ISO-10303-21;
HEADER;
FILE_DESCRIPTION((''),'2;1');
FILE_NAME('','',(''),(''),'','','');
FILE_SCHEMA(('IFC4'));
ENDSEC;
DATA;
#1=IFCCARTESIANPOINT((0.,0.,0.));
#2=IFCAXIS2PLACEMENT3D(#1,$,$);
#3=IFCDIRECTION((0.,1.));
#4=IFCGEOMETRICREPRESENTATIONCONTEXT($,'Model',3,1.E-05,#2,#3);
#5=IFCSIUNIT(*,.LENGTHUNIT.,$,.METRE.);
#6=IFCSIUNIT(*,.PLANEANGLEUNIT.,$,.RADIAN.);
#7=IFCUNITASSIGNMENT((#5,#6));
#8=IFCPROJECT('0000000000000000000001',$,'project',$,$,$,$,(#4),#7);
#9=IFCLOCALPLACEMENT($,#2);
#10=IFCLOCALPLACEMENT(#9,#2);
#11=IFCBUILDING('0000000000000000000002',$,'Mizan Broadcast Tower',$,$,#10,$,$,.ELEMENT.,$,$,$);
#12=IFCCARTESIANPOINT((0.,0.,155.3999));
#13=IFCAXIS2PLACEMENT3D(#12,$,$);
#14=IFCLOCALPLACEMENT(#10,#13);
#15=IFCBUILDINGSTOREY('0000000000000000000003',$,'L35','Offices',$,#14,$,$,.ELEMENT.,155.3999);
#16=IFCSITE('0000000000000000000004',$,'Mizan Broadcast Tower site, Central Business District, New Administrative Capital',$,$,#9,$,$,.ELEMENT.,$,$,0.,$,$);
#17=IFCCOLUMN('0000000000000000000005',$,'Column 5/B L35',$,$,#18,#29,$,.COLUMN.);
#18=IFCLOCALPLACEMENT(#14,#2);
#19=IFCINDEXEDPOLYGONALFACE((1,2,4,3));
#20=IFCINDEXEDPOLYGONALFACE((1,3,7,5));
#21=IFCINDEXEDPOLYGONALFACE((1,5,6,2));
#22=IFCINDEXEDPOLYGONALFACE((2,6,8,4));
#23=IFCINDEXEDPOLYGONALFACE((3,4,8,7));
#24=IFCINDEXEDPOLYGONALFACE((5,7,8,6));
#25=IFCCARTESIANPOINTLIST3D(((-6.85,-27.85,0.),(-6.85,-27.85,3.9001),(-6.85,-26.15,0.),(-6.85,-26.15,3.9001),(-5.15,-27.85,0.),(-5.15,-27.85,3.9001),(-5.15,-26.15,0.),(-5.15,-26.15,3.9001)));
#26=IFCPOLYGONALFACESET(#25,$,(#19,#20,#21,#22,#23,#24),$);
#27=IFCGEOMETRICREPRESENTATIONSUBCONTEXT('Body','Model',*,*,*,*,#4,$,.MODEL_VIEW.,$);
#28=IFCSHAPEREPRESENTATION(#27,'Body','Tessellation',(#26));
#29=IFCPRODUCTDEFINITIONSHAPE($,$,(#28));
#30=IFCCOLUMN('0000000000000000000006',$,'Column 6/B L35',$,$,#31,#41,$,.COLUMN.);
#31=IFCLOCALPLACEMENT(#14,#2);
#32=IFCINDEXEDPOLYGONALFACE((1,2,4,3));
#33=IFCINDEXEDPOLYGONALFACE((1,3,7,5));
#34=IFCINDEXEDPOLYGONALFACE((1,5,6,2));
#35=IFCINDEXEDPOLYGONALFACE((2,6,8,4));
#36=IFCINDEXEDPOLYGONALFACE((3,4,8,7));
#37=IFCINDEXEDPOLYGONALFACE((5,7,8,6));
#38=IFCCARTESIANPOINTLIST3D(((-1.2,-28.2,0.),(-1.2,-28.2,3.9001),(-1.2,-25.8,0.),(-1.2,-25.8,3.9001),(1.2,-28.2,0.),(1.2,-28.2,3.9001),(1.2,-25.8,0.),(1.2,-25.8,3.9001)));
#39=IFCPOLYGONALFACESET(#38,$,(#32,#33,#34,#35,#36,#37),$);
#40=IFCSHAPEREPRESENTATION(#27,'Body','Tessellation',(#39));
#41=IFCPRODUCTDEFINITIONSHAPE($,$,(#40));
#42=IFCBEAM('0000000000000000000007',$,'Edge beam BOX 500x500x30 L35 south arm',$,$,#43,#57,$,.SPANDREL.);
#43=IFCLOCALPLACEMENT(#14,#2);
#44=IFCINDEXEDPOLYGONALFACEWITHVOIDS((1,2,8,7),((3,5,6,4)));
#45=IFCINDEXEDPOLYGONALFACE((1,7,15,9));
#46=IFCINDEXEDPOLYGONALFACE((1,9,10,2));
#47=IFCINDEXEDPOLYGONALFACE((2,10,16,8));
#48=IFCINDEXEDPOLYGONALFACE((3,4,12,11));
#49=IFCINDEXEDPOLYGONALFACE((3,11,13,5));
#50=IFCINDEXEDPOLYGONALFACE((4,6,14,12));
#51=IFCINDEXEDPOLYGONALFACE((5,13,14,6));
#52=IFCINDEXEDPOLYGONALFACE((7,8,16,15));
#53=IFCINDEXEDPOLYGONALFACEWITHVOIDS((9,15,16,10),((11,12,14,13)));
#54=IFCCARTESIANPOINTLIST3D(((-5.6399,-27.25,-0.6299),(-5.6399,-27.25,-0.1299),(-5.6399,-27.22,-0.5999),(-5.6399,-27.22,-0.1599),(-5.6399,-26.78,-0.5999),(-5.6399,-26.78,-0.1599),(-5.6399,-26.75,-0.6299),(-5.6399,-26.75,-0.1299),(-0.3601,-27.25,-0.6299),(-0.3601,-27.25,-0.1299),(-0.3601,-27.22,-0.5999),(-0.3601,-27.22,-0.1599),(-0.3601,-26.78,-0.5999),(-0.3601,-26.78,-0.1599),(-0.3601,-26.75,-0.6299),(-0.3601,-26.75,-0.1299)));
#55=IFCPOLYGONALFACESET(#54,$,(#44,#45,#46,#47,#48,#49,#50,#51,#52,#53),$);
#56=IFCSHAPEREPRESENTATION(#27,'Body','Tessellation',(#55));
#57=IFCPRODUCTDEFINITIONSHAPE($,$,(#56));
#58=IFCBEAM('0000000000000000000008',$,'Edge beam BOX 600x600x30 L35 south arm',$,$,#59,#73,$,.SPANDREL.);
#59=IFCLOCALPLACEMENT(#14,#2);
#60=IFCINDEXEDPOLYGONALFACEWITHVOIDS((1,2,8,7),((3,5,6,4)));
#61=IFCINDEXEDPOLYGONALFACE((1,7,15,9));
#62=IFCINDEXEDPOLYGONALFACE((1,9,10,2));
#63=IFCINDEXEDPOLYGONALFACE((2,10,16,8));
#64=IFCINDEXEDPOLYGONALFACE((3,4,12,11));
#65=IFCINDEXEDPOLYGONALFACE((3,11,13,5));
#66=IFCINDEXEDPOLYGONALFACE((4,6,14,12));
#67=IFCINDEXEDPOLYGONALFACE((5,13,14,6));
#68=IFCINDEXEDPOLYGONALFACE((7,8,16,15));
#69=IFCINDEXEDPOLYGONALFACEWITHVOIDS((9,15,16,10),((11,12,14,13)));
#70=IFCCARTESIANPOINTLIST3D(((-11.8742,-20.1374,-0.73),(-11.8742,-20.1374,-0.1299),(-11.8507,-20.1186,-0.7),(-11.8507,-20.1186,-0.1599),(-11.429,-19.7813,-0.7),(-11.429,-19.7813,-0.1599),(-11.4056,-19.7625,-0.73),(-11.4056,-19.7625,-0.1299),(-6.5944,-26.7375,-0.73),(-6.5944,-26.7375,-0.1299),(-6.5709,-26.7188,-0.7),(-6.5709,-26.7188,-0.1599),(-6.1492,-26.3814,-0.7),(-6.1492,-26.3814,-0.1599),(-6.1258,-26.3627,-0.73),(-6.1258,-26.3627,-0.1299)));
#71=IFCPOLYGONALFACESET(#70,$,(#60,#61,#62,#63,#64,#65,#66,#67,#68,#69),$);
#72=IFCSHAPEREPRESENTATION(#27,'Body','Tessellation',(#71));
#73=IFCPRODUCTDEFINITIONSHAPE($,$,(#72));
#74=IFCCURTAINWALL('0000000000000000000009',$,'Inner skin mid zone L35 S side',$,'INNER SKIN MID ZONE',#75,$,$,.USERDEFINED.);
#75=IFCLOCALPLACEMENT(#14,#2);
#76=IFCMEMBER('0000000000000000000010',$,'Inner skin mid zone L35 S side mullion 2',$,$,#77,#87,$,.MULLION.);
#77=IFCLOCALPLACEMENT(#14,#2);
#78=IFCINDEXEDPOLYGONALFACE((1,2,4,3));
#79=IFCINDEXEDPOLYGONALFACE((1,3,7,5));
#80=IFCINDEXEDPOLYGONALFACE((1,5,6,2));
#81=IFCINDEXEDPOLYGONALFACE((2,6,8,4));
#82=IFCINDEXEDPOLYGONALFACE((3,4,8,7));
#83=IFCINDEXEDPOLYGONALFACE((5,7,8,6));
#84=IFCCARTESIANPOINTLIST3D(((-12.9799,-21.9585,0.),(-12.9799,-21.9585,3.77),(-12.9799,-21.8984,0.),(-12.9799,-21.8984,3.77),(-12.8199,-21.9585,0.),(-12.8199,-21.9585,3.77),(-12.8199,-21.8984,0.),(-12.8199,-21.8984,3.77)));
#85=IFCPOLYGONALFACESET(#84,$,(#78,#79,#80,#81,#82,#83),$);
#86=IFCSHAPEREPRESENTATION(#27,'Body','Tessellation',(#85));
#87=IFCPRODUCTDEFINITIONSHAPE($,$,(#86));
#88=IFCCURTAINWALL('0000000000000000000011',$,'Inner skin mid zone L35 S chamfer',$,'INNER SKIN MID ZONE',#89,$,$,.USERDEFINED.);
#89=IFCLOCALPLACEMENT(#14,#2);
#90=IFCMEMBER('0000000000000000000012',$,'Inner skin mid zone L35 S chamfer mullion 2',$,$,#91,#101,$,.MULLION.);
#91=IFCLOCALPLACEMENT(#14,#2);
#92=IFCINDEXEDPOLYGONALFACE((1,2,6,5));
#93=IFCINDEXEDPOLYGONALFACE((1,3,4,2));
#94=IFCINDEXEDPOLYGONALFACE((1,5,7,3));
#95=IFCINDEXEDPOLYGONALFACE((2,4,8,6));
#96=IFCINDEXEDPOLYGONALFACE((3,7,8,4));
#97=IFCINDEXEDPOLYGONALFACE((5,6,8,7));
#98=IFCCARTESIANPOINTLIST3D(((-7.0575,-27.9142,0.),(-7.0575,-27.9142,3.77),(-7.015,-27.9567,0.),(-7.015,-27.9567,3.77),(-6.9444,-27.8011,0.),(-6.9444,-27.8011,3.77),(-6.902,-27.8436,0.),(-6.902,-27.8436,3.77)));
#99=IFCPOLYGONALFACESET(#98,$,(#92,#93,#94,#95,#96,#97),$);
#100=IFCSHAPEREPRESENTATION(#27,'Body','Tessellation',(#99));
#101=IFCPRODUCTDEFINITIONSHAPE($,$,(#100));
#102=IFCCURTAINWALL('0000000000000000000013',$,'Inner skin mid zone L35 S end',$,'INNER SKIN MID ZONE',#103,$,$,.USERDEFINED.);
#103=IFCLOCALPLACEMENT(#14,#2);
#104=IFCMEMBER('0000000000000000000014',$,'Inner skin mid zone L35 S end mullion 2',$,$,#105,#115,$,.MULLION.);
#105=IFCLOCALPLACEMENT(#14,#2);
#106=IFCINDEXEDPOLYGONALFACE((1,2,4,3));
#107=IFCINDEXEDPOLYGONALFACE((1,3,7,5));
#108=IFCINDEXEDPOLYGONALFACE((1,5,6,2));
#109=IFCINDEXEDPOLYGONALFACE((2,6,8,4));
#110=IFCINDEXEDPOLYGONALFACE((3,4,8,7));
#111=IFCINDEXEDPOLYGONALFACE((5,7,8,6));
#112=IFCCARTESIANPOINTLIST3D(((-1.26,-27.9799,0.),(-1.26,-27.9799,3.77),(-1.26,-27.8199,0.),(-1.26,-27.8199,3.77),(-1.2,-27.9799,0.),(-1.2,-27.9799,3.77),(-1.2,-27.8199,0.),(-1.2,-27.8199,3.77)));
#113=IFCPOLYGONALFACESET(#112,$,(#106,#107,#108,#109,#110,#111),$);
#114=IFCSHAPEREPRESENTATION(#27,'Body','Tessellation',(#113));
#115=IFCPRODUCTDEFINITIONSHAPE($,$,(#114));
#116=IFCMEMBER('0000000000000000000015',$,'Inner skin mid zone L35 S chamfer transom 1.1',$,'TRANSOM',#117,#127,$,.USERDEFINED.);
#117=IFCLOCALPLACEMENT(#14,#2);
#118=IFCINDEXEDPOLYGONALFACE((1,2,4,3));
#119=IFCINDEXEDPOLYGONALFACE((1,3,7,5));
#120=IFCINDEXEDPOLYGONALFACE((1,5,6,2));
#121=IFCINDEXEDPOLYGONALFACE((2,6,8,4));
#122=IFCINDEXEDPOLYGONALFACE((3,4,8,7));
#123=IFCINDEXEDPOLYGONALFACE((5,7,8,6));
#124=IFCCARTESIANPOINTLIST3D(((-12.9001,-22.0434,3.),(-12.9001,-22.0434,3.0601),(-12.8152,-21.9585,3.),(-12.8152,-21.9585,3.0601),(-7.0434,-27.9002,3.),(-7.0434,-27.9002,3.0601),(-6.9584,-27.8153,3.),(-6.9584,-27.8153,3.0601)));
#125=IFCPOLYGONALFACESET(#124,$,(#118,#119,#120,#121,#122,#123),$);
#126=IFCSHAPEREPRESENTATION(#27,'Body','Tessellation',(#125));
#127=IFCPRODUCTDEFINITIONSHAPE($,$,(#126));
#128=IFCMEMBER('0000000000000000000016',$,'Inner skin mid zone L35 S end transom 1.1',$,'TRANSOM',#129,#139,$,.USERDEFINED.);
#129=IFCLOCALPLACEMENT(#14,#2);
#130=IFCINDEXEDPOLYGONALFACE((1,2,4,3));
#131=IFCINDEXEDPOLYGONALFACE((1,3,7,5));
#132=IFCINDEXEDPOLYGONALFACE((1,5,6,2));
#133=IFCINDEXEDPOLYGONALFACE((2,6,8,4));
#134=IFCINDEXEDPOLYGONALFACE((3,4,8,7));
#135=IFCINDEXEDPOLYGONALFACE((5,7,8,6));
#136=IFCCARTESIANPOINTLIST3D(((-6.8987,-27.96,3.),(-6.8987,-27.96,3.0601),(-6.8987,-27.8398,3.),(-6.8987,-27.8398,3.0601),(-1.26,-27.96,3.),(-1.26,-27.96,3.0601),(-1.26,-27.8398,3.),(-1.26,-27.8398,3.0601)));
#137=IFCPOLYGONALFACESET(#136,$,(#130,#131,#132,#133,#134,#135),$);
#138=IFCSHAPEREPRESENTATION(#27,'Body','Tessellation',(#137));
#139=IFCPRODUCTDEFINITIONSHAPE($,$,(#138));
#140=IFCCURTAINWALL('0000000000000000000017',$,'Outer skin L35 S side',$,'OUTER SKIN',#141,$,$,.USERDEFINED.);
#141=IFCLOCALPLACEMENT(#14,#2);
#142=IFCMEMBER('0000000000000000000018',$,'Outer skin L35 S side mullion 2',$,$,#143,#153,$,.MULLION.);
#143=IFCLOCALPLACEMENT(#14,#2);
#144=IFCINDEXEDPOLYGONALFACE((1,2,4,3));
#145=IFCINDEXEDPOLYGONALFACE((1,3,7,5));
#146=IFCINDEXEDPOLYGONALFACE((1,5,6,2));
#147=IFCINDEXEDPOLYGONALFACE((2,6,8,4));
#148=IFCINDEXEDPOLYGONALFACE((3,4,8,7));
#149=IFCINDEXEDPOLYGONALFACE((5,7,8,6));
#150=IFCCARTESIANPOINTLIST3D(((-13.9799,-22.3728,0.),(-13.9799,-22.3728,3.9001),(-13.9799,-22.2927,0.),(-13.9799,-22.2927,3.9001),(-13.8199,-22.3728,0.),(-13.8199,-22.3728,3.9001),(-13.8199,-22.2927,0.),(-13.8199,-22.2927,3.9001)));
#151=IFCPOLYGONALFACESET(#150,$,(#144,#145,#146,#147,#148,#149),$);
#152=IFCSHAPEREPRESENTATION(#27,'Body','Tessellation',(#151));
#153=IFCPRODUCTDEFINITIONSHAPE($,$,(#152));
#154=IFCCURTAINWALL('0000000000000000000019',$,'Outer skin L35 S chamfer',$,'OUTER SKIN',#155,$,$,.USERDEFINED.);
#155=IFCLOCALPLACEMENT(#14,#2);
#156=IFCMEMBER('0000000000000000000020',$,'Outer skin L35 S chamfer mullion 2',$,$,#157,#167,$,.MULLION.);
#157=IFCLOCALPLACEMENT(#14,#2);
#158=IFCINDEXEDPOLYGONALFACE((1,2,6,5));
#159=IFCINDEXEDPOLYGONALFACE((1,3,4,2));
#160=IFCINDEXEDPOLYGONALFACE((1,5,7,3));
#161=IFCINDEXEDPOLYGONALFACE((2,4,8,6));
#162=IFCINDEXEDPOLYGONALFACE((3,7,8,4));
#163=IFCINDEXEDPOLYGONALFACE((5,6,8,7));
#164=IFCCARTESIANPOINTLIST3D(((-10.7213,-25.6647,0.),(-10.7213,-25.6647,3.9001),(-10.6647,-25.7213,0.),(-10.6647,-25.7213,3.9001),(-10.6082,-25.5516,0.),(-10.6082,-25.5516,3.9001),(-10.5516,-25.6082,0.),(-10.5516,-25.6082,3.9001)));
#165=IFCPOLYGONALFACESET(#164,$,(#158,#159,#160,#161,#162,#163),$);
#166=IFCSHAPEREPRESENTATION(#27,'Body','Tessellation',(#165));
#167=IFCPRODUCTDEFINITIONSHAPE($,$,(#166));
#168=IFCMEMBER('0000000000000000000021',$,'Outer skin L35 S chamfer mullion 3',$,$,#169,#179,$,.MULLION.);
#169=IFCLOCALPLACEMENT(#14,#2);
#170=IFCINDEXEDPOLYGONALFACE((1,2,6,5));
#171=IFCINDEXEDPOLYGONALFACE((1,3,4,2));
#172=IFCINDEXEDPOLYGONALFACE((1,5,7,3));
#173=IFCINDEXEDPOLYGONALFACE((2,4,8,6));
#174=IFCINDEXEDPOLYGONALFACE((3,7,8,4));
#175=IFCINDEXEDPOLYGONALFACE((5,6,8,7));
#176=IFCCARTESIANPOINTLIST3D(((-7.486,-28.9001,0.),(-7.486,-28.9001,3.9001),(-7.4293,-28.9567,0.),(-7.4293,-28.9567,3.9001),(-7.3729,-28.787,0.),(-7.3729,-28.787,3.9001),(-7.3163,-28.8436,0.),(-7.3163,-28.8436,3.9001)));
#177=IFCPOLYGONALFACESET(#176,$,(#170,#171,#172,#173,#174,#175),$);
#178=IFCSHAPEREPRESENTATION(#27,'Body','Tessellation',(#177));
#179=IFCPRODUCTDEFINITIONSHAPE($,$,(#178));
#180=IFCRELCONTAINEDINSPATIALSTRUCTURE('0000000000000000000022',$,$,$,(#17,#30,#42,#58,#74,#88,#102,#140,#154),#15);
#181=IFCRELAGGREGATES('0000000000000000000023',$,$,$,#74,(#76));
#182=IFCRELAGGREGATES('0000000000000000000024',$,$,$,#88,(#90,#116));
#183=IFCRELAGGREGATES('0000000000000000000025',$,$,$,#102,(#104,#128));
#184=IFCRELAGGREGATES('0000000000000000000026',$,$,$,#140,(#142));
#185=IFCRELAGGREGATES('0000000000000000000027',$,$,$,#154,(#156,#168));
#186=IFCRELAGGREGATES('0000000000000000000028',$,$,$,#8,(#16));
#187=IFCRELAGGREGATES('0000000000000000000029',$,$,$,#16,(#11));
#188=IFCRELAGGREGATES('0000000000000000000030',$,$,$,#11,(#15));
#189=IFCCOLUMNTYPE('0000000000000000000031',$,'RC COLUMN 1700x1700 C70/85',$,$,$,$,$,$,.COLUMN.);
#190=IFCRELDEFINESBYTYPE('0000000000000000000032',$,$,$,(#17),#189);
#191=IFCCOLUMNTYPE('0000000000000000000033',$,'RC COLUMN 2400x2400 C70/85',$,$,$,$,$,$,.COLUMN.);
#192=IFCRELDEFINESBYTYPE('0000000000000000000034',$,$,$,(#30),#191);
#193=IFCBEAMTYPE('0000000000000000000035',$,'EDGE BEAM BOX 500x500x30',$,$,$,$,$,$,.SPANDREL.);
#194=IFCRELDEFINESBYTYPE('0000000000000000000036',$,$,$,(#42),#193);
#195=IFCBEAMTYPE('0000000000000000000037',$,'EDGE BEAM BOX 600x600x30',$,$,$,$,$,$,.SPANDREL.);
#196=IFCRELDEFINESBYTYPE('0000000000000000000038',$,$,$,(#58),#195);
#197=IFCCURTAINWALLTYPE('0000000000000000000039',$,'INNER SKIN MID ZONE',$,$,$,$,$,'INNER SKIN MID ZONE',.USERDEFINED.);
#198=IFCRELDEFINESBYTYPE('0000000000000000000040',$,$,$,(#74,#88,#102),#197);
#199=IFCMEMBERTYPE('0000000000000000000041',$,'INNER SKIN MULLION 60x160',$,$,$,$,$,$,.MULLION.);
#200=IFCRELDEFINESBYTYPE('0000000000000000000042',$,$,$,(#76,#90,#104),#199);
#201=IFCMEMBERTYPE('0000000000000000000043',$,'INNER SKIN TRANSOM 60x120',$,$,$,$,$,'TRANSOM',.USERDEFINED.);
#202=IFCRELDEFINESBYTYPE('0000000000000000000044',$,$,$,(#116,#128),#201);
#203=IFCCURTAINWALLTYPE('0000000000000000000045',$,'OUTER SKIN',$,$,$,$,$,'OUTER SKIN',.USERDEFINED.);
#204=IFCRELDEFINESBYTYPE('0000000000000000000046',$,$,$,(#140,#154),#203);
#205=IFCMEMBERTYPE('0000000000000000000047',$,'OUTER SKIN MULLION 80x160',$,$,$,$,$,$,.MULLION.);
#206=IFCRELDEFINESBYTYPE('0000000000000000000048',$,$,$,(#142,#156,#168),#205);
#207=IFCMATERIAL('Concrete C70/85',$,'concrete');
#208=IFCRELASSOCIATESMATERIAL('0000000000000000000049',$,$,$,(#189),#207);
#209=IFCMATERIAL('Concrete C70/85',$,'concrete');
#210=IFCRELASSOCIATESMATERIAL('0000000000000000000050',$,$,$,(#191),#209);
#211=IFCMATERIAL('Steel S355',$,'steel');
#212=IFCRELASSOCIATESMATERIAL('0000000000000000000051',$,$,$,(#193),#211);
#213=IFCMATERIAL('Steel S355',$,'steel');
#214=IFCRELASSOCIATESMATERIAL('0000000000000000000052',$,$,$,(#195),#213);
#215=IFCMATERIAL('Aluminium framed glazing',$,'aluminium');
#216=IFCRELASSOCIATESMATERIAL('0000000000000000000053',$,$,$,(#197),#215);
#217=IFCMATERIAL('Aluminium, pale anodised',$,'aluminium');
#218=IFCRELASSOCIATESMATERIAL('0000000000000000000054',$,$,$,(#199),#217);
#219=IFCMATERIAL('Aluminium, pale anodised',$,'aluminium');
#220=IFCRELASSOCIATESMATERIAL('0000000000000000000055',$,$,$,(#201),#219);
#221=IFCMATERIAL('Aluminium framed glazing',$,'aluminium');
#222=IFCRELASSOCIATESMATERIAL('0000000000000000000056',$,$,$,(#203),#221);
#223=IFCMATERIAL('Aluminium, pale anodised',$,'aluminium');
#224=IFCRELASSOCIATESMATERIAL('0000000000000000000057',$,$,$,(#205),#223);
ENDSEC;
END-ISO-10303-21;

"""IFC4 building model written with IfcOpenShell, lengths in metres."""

from ifc_helpers import new_model, si_unit, direction, frame, origin, origin_2d, place, context, subcontext, project, spatial, rectangle, hollow_rectangle, extrude, material, material_profile, profile_set, type_object, element, aggregate, save


model = new_model("IFC4")

# Units and contexts
model_context = context("Model", 3, precision=1e-05, world=origin(), true_north=direction((0.0, 1.0)))
body_context = subcontext(model_context, "Body", "Model", "MODEL_VIEW")
ifc_project = project(units=[si_unit("LENGTHUNIT", "METRE"), si_unit("PLANEANGLEUNIT", "RADIAN")], contexts=[model_context])

# Site, building, storey
site_placement = place(None, origin())
site = spatial("IfcSite", under=ifc_project, at=site_placement, Name="Mizan Broadcast Tower site, Central Business District, New Administrative Capital", CompositionType="ELEMENT", RefElevation=0.0)
building_placement = place(site_placement, origin())
building = spatial("IfcBuilding", under=site, at=building_placement, Name="Mizan Broadcast Tower", CompositionType="ELEMENT")
storey_placement = place(building_placement, frame((0.0, 0.0, 155.3999)))
storey = spatial("IfcBuildingStorey", under=building, at=storey_placement, Name="L35", Description="Offices", CompositionType="ELEMENT", Elevation=155.3999)

# Columns
ifc_material_1 = material(Name="Concrete C70/85", Category="concrete")
ifc_material_profile_1 = material_profile(ifc_material_1, rectangle(XDim=1.7, YDim=1.7, at=origin_2d()), Name="RC 1700x1700")
ifc_profile_set_1 = profile_set([ifc_material_profile_1], Name="Concrete C70/85")
column_type_1 = type_object("IfcColumnType", Name="RC COLUMN 1700x1700 C70/85", PredefinedType="COLUMN", material=ifc_profile_set_1)
column_1_placement = place(storey_placement, frame((-6.0, -27.0, 0.0), z_axis=(0.0, 0.0, 1.0), x_axis=(1.0, 0.0, 0.0)))
element("IfcColumn", 1, at=column_1_placement, inside=storey, type_object=column_type_1, Name="Column 5/B L35", PredefinedType="COLUMN", context=body_context, shape_type="SweptSolid", body=[
    extrude(rectangle(XDim=1.7, YDim=1.7, at=origin_2d()), origin(), (0.0, 0.0, 1.0), 3.9001),
])
ifc_material_2 = material(Name="Concrete C70/85", Category="concrete")
ifc_material_profile_2 = material_profile(ifc_material_2, rectangle(XDim=2.3999, YDim=2.3999, at=origin_2d()), Name="RC 2400x2400")
ifc_profile_set_2 = profile_set([ifc_material_profile_2], Name="Concrete C70/85")
column_type_2 = type_object("IfcColumnType", Name="RC COLUMN 2400x2400 C70/85", PredefinedType="COLUMN", material=ifc_profile_set_2)
column_2_placement = place(storey_placement, frame((0.0, -27.0, 0.0), z_axis=(0.0, 0.0, 1.0), x_axis=(1.0, 0.0, 0.0)))
element("IfcColumn", 2, at=column_2_placement, inside=storey, type_object=column_type_2, Name="Column 6/B L35", PredefinedType="COLUMN", context=body_context, shape_type="SweptSolid", body=[
    extrude(rectangle(XDim=2.3999, YDim=2.3999, at=origin_2d()), origin(), (0.0, 0.0, 1.0), 3.9001),
])

# Beams
ifc_material_3 = material(Name="Steel S355", Category="steel")
ifc_material_profile_3 = material_profile(ifc_material_3, hollow_rectangle(XDim=0.5, YDim=0.5, WallThickness=0.03, at=origin_2d()), Name="BOX 500x500x30")
ifc_profile_set_3 = profile_set([ifc_material_profile_3], Name="Steel S355")
beam_type_1 = type_object("IfcBeamType", Name="EDGE BEAM BOX 500x500x30", PredefinedType="SPANDREL", material=ifc_profile_set_3)
beam_1_placement = place(storey_placement, frame((-5.6399, -27.0, -0.3799), z_axis=(1.0, 0.0, 0.0), x_axis=(0.0, 1.0, 0.0)))
element("IfcBeam", 3, at=beam_1_placement, inside=storey, type_object=beam_type_1, Name="Edge beam BOX 500x500x30 L35 south arm", PredefinedType="SPANDREL", context=body_context, shape_type="SweptSolid", body=[
    extrude(hollow_rectangle(XDim=0.5, YDim=0.5, WallThickness=0.03, at=origin_2d()), origin(), (0.0, 0.0, 1.0), 5.2798),
])
ifc_material_4 = material(Name="Steel S355", Category="steel")
ifc_material_profile_4 = material_profile(ifc_material_4, hollow_rectangle(XDim=0.6001, YDim=0.6001, WallThickness=0.03, at=origin_2d()), Name="BOX 600x600x30")
ifc_profile_set_4 = profile_set([ifc_material_profile_4], Name="Steel S355")
beam_type_2 = type_object("IfcBeamType", Name="EDGE BEAM BOX 600x600x30", PredefinedType="SPANDREL", material=ifc_profile_set_4)
beam_2_placement = place(storey_placement, frame((-11.6399, -19.95, -0.4299), z_axis=(0.624674, -0.780886, 0.0), x_axis=(0.780886, 0.624674, 0.0)))
element("IfcBeam", 4, at=beam_2_placement, inside=storey, type_object=beam_type_2, Name="Edge beam BOX 600x600x30 L35 south arm", PredefinedType="SPANDREL", context=body_context, shape_type="SweptSolid", body=[
    extrude(hollow_rectangle(XDim=0.6001, YDim=0.6001, WallThickness=0.03, at=origin_2d()), origin(), (0.0, 0.0, 1.0), 8.4521),
])

# Curtain walls, members
ifc_material_5 = material(Name="Aluminium framed glazing", Category="aluminium")
curtain_wall_type_1 = type_object("IfcCurtainWallType", Name="INNER SKIN MID ZONE", ElementType="INNER SKIN MID ZONE", PredefinedType="USERDEFINED", material=ifc_material_5)
curtain_wall_1_placement = place(storey_placement, origin())
curtain_wall_1 = element("IfcCurtainWall", 5, at=curtain_wall_1_placement, inside=storey, type_object=curtain_wall_type_1, Name="Inner skin mid zone L35 S side", ObjectType="INNER SKIN MID ZONE", PredefinedType="USERDEFINED")
ifc_material_6 = material(Name="Aluminium, pale anodised", Category="aluminium")
ifc_material_profile_5 = material_profile(ifc_material_6, rectangle(XDim=0.1599, YDim=0.0601, at=origin_2d()), Name="MULLION 160x60")
ifc_profile_set_5 = profile_set([ifc_material_profile_5], Name="Aluminium, pale anodised")
member_type_1 = type_object("IfcMemberType", Name="INNER SKIN MULLION 60x160", PredefinedType="MULLION", material=ifc_profile_set_5)
member_1_placement = place(storey_placement, frame((-12.8999, -21.9285, 0.0), z_axis=(0.0, 0.0, 1.0), x_axis=(1.0, 0.0, 0.0)))
member_1 = element("IfcMember", 6, at=member_1_placement, type_object=member_type_1, Name="Inner skin mid zone L35 S side mullion 2", PredefinedType="MULLION", context=body_context, shape_type="SweptSolid", body=[
    extrude(rectangle(XDim=0.1599, YDim=0.0601, at=origin_2d()), origin(), (0.0, 0.0, 1.0), 3.77),
])
curtain_wall_2_placement = place(storey_placement, origin())
curtain_wall_2 = element("IfcCurtainWall", 7, at=curtain_wall_2_placement, inside=storey, type_object=curtain_wall_type_1, Name="Inner skin mid zone L35 S chamfer", ObjectType="INNER SKIN MID ZONE", PredefinedType="USERDEFINED")
member_2_placement = place(storey_placement, frame((-6.9797, -27.8789, 0.0), z_axis=(0.0, 0.0, 1.0), x_axis=(0.707107, 0.707107, 0.0)))
member_2 = element("IfcMember", 8, at=member_2_placement, type_object=member_type_1, Name="Inner skin mid zone L35 S chamfer mullion 2", PredefinedType="MULLION", context=body_context, shape_type="SweptSolid", body=[
    extrude(rectangle(XDim=0.1599, YDim=0.0601, at=origin_2d()), origin(), (0.0, 0.0, 1.0), 3.77),
])
curtain_wall_3_placement = place(storey_placement, origin())
curtain_wall_3 = element("IfcCurtainWall", 9, at=curtain_wall_3_placement, inside=storey, type_object=curtain_wall_type_1, Name="Inner skin mid zone L35 S end", ObjectType="INNER SKIN MID ZONE", PredefinedType="USERDEFINED")
member_3_placement = place(storey_placement, frame((-1.23, -27.8999, 0.0), z_axis=(0.0, 0.0, 1.0), x_axis=(0.0, 1.0, 0.0)))
member_3 = element("IfcMember", 10, at=member_3_placement, type_object=member_type_1, Name="Inner skin mid zone L35 S end mullion 2", PredefinedType="MULLION", context=body_context, shape_type="SweptSolid", body=[
    extrude(rectangle(XDim=0.1599, YDim=0.0601, at=origin_2d()), origin(), (0.0, 0.0, 1.0), 3.77),
])

# Members
ifc_material_7 = material(Name="Aluminium, pale anodised", Category="aluminium")
ifc_material_profile_6 = material_profile(ifc_material_7, rectangle(XDim=0.1201, YDim=0.0601, at=origin_2d()), Name="TRANSOM 120x60")
ifc_profile_set_6 = profile_set([ifc_material_profile_6], Name="Aluminium, pale anodised")
member_type_2 = type_object("IfcMemberType", Name="INNER SKIN TRANSOM 60x120", ElementType="TRANSOM", PredefinedType="USERDEFINED", material=ifc_profile_set_6)
member_4_placement = place(storey_placement, frame((-12.8577, -22.001, 3.03), z_axis=(0.707107, -0.707107, 0.0), x_axis=(0.707107, 0.707107, 0.0)))
member_4 = element("IfcMember", 11, at=member_4_placement, type_object=member_type_2, Name="Inner skin mid zone L35 S chamfer transom 1.1", ObjectType="TRANSOM", PredefinedType="USERDEFINED", context=body_context, shape_type="SweptSolid", body=[
    extrude(rectangle(XDim=0.1201, YDim=0.0601, at=origin_2d()), origin(), (0.0, 0.0, 1.0), 8.2827),
])
member_5_placement = place(storey_placement, frame((-6.8987, -27.8999, 3.03), z_axis=(1.0, 0.0, 0.0), x_axis=(0.0, 1.0, 0.0)))
member_5 = element("IfcMember", 12, at=member_5_placement, type_object=member_type_2, Name="Inner skin mid zone L35 S end transom 1.1", ObjectType="TRANSOM", PredefinedType="USERDEFINED", context=body_context, shape_type="SweptSolid", body=[
    extrude(rectangle(XDim=0.1201, YDim=0.0601, at=origin_2d()), origin(), (0.0, 0.0, 1.0), 5.6387),
])

# Curtain wall, member
ifc_material_8 = material(Name="Aluminium framed glazing", Category="aluminium")
curtain_wall_type_2 = type_object("IfcCurtainWallType", Name="OUTER SKIN", ElementType="OUTER SKIN", PredefinedType="USERDEFINED", material=ifc_material_8)
curtain_wall_4_placement = place(storey_placement, origin())
curtain_wall_4 = element("IfcCurtainWall", 13, at=curtain_wall_4_placement, inside=storey, type_object=curtain_wall_type_2, Name="Outer skin L35 S side", ObjectType="OUTER SKIN", PredefinedType="USERDEFINED")
ifc_material_9 = material(Name="Aluminium, pale anodised", Category="aluminium")
ifc_material_profile_7 = material_profile(ifc_material_9, rectangle(XDim=0.1599, YDim=0.0801, at=origin_2d()), Name="MULLION 160x80")
ifc_profile_set_7 = profile_set([ifc_material_profile_7], Name="Aluminium, pale anodised")
member_type_3 = type_object("IfcMemberType", Name="OUTER SKIN MULLION 80x160", PredefinedType="MULLION", material=ifc_profile_set_7)
member_6_placement = place(storey_placement, frame((-13.8999, -22.3328, 0.0), z_axis=(0.0, 0.0, 1.0), x_axis=(1.0, 0.0, 0.0)))
member_6 = element("IfcMember", 14, at=member_6_placement, type_object=member_type_3, Name="Outer skin L35 S side mullion 2", PredefinedType="MULLION", context=body_context, shape_type="SweptSolid", body=[
    extrude(rectangle(XDim=0.1599, YDim=0.0801, at=origin_2d()), origin(), (0.0, 0.0, 1.0), 3.9001),
])

# Curtain wall, members
curtain_wall_5_placement = place(storey_placement, origin())
curtain_wall_5 = element("IfcCurtainWall", 15, at=curtain_wall_5_placement, inside=storey, type_object=curtain_wall_type_2, Name="Outer skin L35 S chamfer", ObjectType="OUTER SKIN", PredefinedType="USERDEFINED")
member_7_placement = place(storey_placement, frame((-10.6365, -25.6365, 0.0), z_axis=(0.0, 0.0, 1.0), x_axis=(0.707107, 0.707107, 0.0)))
member_7 = element("IfcMember", 16, at=member_7_placement, type_object=member_type_3, Name="Outer skin L35 S chamfer mullion 2", PredefinedType="MULLION", context=body_context, shape_type="SweptSolid", body=[
    extrude(rectangle(XDim=0.1599, YDim=0.0801, at=origin_2d()), origin(), (0.0, 0.0, 1.0), 3.9001),
])
member_8_placement = place(storey_placement, frame((-7.4011, -28.8718, 0.0), z_axis=(0.0, 0.0, 1.0), x_axis=(0.707107, 0.707107, 0.0)))
member_8 = element("IfcMember", 17, at=member_8_placement, type_object=member_type_3, Name="Outer skin L35 S chamfer mullion 3", PredefinedType="MULLION", context=body_context, shape_type="SweptSolid", body=[
    extrude(rectangle(XDim=0.1599, YDim=0.0801, at=origin_2d()), origin(), (0.0, 0.0, 1.0), 3.9001),
])

aggregate(curtain_wall_1, [member_1])
aggregate(curtain_wall_2, [member_2, member_4])
aggregate(curtain_wall_3, [member_3, member_5])
aggregate(curtain_wall_4, [member_6])
aggregate(curtain_wall_5, [member_7, member_8])

save(model, "model.ifc")
